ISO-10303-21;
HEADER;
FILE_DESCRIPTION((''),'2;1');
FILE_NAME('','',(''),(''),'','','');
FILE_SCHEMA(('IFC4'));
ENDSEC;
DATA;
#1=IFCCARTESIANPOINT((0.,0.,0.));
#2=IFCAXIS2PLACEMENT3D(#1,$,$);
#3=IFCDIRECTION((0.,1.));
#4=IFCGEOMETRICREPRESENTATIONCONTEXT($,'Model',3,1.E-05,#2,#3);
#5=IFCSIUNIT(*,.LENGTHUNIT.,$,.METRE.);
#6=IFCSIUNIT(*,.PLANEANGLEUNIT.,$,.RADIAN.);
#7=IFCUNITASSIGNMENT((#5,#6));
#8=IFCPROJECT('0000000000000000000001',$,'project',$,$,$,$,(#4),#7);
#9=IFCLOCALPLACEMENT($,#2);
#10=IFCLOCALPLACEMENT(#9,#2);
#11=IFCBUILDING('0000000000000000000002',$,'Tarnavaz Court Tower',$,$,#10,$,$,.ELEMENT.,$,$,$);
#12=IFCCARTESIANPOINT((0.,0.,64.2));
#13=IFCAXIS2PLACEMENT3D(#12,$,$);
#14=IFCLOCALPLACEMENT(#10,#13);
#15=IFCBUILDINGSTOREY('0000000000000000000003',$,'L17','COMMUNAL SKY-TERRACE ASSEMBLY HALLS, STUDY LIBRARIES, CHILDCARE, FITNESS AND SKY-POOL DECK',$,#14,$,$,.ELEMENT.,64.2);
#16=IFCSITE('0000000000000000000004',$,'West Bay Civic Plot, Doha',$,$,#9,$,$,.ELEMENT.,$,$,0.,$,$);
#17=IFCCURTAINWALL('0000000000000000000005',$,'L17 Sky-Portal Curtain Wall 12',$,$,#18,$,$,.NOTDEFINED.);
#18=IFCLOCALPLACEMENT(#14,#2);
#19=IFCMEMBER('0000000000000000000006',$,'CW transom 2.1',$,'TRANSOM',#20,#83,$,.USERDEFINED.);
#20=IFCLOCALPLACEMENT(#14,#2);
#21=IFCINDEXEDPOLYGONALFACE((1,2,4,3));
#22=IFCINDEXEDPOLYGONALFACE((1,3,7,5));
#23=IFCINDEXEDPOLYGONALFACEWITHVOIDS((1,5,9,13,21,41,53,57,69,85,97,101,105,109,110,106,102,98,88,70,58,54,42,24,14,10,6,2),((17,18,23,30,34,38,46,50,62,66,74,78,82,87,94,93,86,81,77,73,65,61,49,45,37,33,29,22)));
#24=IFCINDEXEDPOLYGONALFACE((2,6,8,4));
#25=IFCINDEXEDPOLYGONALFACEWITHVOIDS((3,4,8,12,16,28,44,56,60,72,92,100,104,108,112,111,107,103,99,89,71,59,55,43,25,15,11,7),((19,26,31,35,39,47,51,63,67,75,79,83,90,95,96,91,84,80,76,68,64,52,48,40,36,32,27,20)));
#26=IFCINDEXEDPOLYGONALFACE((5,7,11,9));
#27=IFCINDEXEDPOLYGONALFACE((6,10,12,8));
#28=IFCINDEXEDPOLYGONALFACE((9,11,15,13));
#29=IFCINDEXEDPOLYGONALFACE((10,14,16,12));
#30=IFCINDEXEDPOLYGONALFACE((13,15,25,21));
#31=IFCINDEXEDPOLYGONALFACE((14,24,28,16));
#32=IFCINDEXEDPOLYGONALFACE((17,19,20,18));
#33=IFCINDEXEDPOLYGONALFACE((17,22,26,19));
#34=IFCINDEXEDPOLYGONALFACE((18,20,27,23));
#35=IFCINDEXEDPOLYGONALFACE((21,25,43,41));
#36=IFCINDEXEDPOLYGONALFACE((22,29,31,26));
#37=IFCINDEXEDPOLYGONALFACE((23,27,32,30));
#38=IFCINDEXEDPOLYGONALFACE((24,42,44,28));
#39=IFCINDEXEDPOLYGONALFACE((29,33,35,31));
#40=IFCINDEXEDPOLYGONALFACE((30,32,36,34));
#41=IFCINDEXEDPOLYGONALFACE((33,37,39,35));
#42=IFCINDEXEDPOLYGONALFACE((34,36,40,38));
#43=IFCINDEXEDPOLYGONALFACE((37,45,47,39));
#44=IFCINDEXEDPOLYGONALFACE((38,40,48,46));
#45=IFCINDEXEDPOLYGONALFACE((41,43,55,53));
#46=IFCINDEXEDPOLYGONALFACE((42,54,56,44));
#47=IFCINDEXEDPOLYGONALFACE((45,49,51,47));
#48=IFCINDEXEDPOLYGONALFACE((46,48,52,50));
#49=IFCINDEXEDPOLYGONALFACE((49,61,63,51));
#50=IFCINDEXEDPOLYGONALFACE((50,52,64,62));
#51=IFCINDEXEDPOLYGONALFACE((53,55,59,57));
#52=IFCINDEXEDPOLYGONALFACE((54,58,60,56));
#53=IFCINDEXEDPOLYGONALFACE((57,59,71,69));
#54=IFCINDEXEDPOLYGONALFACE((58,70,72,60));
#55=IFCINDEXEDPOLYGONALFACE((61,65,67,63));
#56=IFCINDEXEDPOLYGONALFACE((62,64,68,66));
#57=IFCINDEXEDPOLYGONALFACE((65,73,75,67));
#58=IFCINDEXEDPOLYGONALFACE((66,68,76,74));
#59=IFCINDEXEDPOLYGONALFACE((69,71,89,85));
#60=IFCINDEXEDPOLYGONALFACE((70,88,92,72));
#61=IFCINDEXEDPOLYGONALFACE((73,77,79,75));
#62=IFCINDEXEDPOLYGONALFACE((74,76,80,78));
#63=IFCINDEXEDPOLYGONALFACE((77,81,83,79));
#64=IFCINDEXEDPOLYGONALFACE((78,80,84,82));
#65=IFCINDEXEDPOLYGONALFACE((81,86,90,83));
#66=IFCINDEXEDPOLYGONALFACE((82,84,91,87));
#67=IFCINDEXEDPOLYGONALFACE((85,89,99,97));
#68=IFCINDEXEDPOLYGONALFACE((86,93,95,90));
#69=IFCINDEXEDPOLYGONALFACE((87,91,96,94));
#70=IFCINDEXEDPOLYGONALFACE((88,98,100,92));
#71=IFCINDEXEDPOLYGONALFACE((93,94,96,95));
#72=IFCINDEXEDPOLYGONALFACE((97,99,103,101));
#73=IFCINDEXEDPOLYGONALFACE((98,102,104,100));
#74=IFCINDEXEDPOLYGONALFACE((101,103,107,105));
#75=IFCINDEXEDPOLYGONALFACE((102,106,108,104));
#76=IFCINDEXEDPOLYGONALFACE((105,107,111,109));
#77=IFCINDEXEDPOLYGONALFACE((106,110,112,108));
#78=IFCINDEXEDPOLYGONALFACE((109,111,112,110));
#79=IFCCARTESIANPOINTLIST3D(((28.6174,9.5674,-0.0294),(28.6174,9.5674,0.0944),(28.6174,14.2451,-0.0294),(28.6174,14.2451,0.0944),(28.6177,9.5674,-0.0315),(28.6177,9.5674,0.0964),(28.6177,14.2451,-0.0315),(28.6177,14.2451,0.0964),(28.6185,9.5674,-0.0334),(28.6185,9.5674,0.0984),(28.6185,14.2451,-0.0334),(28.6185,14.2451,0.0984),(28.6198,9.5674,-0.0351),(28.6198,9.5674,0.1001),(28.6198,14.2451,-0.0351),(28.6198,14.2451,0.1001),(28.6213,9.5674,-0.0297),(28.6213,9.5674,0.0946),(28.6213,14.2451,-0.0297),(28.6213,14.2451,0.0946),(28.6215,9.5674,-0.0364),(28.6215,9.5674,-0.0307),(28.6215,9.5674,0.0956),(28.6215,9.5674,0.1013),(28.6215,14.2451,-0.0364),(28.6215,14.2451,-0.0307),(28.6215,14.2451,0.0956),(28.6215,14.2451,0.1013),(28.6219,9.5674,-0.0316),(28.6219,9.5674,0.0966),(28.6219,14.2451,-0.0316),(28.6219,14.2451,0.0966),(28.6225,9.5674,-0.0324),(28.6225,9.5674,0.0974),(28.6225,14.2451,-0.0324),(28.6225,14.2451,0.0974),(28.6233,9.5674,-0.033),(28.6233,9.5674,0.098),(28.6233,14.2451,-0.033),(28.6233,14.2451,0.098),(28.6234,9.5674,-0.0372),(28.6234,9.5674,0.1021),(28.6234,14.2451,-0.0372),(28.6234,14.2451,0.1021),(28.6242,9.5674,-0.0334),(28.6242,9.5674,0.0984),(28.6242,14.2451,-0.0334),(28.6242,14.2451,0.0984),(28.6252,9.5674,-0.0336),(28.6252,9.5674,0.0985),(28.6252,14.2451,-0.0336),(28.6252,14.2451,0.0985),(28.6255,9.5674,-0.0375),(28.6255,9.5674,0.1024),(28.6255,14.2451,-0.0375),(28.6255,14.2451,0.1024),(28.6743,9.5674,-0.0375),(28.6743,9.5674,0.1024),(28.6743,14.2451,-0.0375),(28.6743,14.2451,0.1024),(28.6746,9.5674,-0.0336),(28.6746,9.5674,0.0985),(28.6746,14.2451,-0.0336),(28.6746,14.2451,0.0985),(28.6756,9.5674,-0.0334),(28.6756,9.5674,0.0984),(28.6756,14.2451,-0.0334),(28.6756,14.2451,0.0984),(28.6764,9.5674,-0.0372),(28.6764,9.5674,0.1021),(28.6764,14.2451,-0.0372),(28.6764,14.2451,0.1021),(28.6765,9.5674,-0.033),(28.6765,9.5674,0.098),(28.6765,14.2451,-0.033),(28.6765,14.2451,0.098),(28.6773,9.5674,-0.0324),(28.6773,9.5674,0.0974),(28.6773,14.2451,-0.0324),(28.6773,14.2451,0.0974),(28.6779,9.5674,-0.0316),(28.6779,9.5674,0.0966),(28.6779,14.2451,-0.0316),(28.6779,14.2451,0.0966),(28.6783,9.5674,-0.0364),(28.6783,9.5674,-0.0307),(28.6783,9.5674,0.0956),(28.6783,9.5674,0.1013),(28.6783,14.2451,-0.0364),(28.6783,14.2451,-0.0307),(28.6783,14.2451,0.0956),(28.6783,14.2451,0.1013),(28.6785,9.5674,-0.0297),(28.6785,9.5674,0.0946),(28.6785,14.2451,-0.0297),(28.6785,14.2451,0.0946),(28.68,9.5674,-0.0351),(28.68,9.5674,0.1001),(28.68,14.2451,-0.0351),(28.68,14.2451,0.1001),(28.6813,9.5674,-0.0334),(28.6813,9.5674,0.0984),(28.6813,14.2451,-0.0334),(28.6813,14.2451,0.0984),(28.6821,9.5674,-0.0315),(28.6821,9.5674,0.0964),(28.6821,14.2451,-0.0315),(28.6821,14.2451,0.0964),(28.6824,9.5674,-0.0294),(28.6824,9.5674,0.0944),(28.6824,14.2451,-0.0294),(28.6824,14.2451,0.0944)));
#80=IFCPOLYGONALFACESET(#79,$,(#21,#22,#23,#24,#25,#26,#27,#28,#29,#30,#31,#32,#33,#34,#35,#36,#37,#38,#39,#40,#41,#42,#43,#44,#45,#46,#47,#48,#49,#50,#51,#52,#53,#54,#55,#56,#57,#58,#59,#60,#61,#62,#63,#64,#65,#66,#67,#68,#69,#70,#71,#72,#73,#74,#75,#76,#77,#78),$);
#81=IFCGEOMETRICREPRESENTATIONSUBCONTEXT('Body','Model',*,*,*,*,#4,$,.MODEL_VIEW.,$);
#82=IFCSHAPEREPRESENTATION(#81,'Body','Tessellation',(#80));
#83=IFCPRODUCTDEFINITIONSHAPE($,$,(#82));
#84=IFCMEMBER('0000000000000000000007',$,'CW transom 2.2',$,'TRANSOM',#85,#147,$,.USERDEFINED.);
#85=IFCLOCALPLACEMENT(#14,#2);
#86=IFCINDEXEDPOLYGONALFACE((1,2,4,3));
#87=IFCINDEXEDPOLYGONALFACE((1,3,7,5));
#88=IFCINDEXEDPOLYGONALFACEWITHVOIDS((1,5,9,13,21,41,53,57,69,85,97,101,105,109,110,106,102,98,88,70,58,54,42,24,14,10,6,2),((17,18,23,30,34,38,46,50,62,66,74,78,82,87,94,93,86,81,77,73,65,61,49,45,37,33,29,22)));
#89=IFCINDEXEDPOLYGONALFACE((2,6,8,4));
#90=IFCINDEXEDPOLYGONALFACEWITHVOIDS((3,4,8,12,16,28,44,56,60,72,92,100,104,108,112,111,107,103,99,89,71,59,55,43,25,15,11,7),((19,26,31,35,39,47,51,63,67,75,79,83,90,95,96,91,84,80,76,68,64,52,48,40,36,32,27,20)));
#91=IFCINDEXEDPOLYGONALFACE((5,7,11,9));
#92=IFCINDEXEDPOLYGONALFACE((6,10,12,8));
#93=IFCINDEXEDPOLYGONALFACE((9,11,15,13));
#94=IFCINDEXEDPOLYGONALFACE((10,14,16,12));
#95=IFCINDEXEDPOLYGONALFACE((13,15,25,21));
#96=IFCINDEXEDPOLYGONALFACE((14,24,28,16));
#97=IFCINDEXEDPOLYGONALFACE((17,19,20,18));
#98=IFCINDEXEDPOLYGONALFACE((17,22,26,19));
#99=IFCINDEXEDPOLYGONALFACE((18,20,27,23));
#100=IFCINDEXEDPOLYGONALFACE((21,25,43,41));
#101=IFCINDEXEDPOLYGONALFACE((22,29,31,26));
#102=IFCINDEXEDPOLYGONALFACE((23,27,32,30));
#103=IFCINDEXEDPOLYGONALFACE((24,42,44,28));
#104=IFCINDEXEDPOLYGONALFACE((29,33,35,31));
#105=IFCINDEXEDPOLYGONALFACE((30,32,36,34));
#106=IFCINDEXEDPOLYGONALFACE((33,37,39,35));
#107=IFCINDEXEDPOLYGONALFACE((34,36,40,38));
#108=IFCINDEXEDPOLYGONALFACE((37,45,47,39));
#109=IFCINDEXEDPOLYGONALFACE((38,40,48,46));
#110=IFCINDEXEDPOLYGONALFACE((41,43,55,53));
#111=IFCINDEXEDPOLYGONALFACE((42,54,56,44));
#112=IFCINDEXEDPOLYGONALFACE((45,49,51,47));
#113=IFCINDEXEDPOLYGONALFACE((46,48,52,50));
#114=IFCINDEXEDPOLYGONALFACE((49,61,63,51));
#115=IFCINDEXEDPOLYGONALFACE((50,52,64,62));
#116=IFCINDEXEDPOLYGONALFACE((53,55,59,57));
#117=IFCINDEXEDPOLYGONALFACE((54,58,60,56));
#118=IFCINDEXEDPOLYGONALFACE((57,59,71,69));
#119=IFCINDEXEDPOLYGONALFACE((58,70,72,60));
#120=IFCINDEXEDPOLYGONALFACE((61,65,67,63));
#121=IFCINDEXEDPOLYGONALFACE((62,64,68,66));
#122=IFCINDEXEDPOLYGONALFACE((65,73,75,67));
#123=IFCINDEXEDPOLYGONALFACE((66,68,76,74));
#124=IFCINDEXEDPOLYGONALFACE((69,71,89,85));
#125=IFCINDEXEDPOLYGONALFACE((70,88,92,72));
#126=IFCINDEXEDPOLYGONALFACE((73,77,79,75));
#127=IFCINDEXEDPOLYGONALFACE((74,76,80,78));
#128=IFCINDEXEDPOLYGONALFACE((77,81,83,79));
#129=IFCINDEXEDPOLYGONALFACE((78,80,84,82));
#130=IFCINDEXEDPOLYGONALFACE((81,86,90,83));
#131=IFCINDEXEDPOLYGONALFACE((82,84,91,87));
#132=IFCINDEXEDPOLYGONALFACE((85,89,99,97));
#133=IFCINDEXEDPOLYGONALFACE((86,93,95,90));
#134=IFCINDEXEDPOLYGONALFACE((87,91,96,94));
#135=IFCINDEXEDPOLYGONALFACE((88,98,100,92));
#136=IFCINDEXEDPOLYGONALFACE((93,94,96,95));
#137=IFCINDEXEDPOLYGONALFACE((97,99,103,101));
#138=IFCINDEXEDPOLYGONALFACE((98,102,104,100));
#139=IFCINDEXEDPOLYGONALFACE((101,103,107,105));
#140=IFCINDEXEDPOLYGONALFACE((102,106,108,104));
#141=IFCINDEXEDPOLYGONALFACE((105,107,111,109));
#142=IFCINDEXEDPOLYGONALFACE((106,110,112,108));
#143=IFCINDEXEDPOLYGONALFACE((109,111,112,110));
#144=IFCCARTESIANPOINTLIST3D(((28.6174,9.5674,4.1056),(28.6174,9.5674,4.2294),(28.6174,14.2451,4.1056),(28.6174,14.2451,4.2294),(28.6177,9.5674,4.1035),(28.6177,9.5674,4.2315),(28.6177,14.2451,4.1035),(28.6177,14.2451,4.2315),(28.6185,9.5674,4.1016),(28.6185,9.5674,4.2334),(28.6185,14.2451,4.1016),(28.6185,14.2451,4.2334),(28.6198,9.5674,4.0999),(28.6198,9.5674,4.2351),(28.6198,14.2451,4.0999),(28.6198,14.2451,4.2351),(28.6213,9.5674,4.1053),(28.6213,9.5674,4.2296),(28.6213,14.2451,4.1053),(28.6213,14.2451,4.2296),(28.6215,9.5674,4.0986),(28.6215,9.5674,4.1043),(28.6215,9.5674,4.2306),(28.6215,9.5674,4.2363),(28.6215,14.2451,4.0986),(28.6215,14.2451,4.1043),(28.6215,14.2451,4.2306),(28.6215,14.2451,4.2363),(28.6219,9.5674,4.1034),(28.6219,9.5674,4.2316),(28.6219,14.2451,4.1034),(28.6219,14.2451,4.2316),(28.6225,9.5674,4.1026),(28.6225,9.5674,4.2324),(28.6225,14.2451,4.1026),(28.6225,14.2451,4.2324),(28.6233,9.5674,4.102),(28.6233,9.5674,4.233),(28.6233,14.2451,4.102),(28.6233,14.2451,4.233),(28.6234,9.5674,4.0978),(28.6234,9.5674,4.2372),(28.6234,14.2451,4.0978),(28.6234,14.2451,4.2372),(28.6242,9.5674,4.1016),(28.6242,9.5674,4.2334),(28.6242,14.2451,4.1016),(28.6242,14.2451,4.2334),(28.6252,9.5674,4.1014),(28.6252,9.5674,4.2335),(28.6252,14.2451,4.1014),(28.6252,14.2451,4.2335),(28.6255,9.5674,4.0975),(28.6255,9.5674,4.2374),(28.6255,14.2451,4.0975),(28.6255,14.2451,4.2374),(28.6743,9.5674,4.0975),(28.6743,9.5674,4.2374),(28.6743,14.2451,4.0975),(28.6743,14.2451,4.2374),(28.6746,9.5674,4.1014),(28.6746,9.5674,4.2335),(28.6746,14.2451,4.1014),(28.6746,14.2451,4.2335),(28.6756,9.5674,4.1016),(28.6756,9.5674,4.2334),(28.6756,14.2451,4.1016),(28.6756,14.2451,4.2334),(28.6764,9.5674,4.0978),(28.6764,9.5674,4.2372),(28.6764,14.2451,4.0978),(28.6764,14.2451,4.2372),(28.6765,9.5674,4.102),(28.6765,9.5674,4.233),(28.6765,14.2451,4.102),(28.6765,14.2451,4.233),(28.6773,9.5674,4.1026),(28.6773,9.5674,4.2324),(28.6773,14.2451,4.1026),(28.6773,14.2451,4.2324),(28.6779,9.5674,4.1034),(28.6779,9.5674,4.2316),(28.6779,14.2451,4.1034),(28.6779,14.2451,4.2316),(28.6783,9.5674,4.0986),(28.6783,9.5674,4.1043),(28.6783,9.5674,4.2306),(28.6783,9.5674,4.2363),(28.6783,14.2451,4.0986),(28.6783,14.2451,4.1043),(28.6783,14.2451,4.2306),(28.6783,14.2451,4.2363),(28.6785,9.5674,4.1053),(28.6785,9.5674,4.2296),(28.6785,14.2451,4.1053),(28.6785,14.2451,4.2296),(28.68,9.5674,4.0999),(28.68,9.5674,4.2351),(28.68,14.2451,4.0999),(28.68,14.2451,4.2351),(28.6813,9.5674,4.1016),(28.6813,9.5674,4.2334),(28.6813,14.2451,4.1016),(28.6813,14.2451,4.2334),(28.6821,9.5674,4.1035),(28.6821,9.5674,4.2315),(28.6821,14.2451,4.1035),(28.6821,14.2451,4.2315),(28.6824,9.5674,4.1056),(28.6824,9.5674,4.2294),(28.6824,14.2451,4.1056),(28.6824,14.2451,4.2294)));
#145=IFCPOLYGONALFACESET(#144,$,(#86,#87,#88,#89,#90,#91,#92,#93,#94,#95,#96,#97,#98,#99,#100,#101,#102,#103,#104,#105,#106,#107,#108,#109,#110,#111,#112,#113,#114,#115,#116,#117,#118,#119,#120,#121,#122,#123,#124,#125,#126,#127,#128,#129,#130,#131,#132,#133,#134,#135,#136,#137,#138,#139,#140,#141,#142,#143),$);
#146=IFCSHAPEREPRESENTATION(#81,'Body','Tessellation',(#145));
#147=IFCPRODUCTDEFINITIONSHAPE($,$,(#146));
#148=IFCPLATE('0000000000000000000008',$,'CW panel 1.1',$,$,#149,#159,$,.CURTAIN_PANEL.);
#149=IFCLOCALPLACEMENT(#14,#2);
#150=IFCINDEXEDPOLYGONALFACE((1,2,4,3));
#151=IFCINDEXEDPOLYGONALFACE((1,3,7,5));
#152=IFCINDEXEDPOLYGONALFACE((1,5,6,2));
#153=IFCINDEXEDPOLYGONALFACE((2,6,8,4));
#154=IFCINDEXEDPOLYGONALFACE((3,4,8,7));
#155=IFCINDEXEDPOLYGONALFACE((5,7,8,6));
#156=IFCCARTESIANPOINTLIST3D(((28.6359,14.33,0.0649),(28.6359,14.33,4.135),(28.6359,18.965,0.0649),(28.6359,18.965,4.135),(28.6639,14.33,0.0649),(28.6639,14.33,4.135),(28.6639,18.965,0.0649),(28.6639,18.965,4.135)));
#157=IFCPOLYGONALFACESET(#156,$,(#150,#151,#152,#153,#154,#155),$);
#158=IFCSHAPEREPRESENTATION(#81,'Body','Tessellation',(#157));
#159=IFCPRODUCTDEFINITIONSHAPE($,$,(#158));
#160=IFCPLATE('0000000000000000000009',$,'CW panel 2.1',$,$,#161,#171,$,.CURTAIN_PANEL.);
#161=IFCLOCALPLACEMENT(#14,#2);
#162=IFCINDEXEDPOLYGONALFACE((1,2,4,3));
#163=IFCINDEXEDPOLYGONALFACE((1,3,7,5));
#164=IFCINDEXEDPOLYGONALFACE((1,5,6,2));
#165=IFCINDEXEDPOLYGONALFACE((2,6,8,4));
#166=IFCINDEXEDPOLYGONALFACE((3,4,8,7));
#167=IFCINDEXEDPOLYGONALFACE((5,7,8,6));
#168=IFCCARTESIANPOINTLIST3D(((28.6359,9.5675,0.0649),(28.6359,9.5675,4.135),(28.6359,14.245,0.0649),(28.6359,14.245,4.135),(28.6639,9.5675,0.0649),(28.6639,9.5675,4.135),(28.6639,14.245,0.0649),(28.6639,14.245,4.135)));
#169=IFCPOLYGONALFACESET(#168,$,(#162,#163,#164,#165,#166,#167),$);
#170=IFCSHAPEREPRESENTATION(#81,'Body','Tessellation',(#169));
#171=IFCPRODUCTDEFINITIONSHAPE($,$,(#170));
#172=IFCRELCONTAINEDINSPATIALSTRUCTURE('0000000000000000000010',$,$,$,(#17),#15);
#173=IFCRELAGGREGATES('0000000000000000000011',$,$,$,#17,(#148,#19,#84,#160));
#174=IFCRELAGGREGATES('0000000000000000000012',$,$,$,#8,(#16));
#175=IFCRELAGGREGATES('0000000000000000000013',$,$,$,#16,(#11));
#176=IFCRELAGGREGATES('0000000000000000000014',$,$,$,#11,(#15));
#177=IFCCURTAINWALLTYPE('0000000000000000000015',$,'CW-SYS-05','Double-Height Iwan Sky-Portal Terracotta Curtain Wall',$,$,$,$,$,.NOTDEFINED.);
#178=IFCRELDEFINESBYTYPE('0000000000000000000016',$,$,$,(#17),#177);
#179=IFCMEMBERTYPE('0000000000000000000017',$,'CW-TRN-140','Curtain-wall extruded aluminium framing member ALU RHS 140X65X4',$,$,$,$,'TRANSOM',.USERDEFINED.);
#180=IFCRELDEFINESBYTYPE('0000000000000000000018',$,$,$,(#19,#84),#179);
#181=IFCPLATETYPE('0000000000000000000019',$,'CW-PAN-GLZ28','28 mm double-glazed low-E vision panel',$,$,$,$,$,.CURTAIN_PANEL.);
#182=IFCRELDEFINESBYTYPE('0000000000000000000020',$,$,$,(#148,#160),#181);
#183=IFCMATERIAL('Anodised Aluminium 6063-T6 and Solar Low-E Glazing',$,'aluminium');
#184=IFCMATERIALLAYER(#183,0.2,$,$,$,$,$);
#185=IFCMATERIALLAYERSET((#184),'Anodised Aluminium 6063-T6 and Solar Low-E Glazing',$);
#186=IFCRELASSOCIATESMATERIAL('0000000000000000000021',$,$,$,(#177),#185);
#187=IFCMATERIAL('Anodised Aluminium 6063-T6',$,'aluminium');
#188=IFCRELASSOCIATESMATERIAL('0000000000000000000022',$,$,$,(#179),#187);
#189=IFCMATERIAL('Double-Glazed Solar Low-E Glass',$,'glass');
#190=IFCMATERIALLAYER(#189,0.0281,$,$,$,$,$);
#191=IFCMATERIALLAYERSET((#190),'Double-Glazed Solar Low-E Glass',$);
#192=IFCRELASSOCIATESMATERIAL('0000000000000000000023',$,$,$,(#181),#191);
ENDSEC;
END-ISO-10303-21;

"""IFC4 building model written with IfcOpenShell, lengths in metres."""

from ifc_helpers import new_model, si_unit, direction, frame, origin, origin_2d, place, context, subcontext, project, spatial, rectangle, hollow_rectangle, extrude, material, layer, layer_set, material_profile, profile_set, type_object, element, aggregate, save


model = new_model("IFC4")

# Units and contexts
model_context = context("Model", 3, precision=1e-05, world=origin(), true_north=direction((0.0, 1.0)))
body_context = subcontext(model_context, "Body", "Model", "MODEL_VIEW")
ifc_project = project(units=[si_unit("LENGTHUNIT", "METRE"), si_unit("PLANEANGLEUNIT", "RADIAN")], contexts=[model_context])

# Site, building, storey
site_placement = place(None, origin())
site = spatial("IfcSite", under=ifc_project, at=site_placement, Name="West Bay Civic Plot, Doha", CompositionType="ELEMENT", RefElevation=0.0)
building_placement = place(site_placement, origin())
building = spatial("IfcBuilding", under=site, at=building_placement, Name="Tarnavaz Court Tower", CompositionType="ELEMENT")
storey_placement = place(building_placement, frame((0.0, 0.0, 64.2)))
storey = spatial("IfcBuildingStorey", under=building, at=storey_placement, Name="L17", Description="COMMUNAL SKY-TERRACE ASSEMBLY HALLS, STUDY LIBRARIES, CHILDCARE, FITNESS AND SKY-POOL DECK", CompositionType="ELEMENT", Elevation=64.2)

# Curtain wall, members, plates
ifc_material_1 = material(Name="Anodised Aluminium 6063-T6 and Solar Low-E Glazing", Category="aluminium")
ifc_layer_1 = layer(ifc_material_1, 0.2)
ifc_layer_set_1 = layer_set([ifc_layer_1], Name="Anodised Aluminium 6063-T6 and Solar Low-E Glazing")
curtain_wall_type = type_object("IfcCurtainWallType", Name="CW-SYS-05", Description="Double-Height Iwan Sky-Portal Terracotta Curtain Wall", PredefinedType="NOTDEFINED", material=ifc_layer_set_1)
curtain_wall_placement = place(storey_placement, origin())
curtain_wall = element("IfcCurtainWall", 1, at=curtain_wall_placement, inside=storey, type_object=curtain_wall_type, Name="L17 Sky-Portal Curtain Wall 12", PredefinedType="NOTDEFINED")
ifc_material_2 = material(Name="Anodised Aluminium 6063-T6", Category="aluminium")
ifc_material_profile_1 = material_profile(ifc_material_2, hollow_rectangle(XDim=0.0649, YDim=0.1399, WallThickness=0.0039, InnerFilletRadius=0.0039, OuterFilletRadius=0.0081, at=origin_2d()), Name="ALU RHS 140X65X4")
ifc_profile_set_1 = profile_set([ifc_material_profile_1], Name="Anodised Aluminium 6063-T6")
member_type_1 = type_object("IfcMemberType", Name="CW-TRN-140", Description="Curtain-wall extruded aluminium framing member ALU RHS 140X65X4", ElementType="TRANSOM", PredefinedType="USERDEFINED", material=ifc_profile_set_1)
member_1_placement = place(storey_placement, frame((28.6499, 14.2451, 0.0325), z_axis=(0.0, -1.0, 0.0), x_axis=(1.0, 0.0, 0.0)))
member_1 = element("IfcMember", 2, at=member_1_placement, type_object=member_type_1, Name="CW transom 2.1", ObjectType="TRANSOM", PredefinedType="USERDEFINED", context=body_context, shape_type="SweptSolid", body=[
    extrude(hollow_rectangle(XDim=0.0649, YDim=0.1399, WallThickness=0.0039, InnerFilletRadius=0.0039, OuterFilletRadius=0.0081, at=origin_2d()), origin(), (0.0, 0.0, 1.0), 4.6777),
])
member_2_placement = place(storey_placement, frame((28.6499, 14.2451, 4.1675), z_axis=(0.0, -1.0, 0.0), x_axis=(1.0, 0.0, 0.0)))
member_2 = element("IfcMember", 3, at=member_2_placement, type_object=member_type_1, Name="CW transom 2.2", ObjectType="TRANSOM", PredefinedType="USERDEFINED", context=body_context, shape_type="SweptSolid", body=[
    extrude(hollow_rectangle(XDim=0.0649, YDim=0.1399, WallThickness=0.0039, InnerFilletRadius=0.0039, OuterFilletRadius=0.0081, at=origin_2d()), origin(), (0.0, 0.0, 1.0), 4.6777),
])
ifc_material_3 = material(Name="Double-Glazed Solar Low-E Glass", Category="glass")
ifc_layer_2 = layer(ifc_material_3, 0.0281)
ifc_layer_set_2 = layer_set([ifc_layer_2], Name="Double-Glazed Solar Low-E Glass")
plate_type = type_object("IfcPlateType", Name="CW-PAN-GLZ28", Description="28 mm double-glazed low-E vision panel", PredefinedType="CURTAIN_PANEL", material=ifc_layer_set_2)
plate_1_placement = place(storey_placement, frame((28.6499, 16.6475, 0.0649), z_axis=(0.0, 0.0, 1.0), x_axis=(0.0, -1.0, 0.0)))
plate_1 = element("IfcPlate", 4, at=plate_1_placement, type_object=plate_type, Name="CW panel 1.1", PredefinedType="CURTAIN_PANEL", context=body_context, shape_type="SweptSolid", body=[
    extrude(rectangle(XDim=4.635, YDim=0.0281, at=origin_2d()), origin(), (0.0, 0.0, 1.0), 4.0701),
])
plate_2_placement = place(storey_placement, frame((28.6499, 11.9062, 0.0649), z_axis=(0.0, 0.0, 1.0), x_axis=(0.0, -1.0, 0.0)))
plate_2 = element("IfcPlate", 5, at=plate_2_placement, type_object=plate_type, Name="CW panel 2.1", PredefinedType="CURTAIN_PANEL", context=body_context, shape_type="SweptSolid", body=[
    extrude(rectangle(XDim=4.6775, YDim=0.0281, at=origin_2d()), origin(), (0.0, 0.0, 1.0), 4.0701),
])
aggregate(curtain_wall, [plate_1, member_1, member_2, plate_2])

save(model, "model.ifc")
